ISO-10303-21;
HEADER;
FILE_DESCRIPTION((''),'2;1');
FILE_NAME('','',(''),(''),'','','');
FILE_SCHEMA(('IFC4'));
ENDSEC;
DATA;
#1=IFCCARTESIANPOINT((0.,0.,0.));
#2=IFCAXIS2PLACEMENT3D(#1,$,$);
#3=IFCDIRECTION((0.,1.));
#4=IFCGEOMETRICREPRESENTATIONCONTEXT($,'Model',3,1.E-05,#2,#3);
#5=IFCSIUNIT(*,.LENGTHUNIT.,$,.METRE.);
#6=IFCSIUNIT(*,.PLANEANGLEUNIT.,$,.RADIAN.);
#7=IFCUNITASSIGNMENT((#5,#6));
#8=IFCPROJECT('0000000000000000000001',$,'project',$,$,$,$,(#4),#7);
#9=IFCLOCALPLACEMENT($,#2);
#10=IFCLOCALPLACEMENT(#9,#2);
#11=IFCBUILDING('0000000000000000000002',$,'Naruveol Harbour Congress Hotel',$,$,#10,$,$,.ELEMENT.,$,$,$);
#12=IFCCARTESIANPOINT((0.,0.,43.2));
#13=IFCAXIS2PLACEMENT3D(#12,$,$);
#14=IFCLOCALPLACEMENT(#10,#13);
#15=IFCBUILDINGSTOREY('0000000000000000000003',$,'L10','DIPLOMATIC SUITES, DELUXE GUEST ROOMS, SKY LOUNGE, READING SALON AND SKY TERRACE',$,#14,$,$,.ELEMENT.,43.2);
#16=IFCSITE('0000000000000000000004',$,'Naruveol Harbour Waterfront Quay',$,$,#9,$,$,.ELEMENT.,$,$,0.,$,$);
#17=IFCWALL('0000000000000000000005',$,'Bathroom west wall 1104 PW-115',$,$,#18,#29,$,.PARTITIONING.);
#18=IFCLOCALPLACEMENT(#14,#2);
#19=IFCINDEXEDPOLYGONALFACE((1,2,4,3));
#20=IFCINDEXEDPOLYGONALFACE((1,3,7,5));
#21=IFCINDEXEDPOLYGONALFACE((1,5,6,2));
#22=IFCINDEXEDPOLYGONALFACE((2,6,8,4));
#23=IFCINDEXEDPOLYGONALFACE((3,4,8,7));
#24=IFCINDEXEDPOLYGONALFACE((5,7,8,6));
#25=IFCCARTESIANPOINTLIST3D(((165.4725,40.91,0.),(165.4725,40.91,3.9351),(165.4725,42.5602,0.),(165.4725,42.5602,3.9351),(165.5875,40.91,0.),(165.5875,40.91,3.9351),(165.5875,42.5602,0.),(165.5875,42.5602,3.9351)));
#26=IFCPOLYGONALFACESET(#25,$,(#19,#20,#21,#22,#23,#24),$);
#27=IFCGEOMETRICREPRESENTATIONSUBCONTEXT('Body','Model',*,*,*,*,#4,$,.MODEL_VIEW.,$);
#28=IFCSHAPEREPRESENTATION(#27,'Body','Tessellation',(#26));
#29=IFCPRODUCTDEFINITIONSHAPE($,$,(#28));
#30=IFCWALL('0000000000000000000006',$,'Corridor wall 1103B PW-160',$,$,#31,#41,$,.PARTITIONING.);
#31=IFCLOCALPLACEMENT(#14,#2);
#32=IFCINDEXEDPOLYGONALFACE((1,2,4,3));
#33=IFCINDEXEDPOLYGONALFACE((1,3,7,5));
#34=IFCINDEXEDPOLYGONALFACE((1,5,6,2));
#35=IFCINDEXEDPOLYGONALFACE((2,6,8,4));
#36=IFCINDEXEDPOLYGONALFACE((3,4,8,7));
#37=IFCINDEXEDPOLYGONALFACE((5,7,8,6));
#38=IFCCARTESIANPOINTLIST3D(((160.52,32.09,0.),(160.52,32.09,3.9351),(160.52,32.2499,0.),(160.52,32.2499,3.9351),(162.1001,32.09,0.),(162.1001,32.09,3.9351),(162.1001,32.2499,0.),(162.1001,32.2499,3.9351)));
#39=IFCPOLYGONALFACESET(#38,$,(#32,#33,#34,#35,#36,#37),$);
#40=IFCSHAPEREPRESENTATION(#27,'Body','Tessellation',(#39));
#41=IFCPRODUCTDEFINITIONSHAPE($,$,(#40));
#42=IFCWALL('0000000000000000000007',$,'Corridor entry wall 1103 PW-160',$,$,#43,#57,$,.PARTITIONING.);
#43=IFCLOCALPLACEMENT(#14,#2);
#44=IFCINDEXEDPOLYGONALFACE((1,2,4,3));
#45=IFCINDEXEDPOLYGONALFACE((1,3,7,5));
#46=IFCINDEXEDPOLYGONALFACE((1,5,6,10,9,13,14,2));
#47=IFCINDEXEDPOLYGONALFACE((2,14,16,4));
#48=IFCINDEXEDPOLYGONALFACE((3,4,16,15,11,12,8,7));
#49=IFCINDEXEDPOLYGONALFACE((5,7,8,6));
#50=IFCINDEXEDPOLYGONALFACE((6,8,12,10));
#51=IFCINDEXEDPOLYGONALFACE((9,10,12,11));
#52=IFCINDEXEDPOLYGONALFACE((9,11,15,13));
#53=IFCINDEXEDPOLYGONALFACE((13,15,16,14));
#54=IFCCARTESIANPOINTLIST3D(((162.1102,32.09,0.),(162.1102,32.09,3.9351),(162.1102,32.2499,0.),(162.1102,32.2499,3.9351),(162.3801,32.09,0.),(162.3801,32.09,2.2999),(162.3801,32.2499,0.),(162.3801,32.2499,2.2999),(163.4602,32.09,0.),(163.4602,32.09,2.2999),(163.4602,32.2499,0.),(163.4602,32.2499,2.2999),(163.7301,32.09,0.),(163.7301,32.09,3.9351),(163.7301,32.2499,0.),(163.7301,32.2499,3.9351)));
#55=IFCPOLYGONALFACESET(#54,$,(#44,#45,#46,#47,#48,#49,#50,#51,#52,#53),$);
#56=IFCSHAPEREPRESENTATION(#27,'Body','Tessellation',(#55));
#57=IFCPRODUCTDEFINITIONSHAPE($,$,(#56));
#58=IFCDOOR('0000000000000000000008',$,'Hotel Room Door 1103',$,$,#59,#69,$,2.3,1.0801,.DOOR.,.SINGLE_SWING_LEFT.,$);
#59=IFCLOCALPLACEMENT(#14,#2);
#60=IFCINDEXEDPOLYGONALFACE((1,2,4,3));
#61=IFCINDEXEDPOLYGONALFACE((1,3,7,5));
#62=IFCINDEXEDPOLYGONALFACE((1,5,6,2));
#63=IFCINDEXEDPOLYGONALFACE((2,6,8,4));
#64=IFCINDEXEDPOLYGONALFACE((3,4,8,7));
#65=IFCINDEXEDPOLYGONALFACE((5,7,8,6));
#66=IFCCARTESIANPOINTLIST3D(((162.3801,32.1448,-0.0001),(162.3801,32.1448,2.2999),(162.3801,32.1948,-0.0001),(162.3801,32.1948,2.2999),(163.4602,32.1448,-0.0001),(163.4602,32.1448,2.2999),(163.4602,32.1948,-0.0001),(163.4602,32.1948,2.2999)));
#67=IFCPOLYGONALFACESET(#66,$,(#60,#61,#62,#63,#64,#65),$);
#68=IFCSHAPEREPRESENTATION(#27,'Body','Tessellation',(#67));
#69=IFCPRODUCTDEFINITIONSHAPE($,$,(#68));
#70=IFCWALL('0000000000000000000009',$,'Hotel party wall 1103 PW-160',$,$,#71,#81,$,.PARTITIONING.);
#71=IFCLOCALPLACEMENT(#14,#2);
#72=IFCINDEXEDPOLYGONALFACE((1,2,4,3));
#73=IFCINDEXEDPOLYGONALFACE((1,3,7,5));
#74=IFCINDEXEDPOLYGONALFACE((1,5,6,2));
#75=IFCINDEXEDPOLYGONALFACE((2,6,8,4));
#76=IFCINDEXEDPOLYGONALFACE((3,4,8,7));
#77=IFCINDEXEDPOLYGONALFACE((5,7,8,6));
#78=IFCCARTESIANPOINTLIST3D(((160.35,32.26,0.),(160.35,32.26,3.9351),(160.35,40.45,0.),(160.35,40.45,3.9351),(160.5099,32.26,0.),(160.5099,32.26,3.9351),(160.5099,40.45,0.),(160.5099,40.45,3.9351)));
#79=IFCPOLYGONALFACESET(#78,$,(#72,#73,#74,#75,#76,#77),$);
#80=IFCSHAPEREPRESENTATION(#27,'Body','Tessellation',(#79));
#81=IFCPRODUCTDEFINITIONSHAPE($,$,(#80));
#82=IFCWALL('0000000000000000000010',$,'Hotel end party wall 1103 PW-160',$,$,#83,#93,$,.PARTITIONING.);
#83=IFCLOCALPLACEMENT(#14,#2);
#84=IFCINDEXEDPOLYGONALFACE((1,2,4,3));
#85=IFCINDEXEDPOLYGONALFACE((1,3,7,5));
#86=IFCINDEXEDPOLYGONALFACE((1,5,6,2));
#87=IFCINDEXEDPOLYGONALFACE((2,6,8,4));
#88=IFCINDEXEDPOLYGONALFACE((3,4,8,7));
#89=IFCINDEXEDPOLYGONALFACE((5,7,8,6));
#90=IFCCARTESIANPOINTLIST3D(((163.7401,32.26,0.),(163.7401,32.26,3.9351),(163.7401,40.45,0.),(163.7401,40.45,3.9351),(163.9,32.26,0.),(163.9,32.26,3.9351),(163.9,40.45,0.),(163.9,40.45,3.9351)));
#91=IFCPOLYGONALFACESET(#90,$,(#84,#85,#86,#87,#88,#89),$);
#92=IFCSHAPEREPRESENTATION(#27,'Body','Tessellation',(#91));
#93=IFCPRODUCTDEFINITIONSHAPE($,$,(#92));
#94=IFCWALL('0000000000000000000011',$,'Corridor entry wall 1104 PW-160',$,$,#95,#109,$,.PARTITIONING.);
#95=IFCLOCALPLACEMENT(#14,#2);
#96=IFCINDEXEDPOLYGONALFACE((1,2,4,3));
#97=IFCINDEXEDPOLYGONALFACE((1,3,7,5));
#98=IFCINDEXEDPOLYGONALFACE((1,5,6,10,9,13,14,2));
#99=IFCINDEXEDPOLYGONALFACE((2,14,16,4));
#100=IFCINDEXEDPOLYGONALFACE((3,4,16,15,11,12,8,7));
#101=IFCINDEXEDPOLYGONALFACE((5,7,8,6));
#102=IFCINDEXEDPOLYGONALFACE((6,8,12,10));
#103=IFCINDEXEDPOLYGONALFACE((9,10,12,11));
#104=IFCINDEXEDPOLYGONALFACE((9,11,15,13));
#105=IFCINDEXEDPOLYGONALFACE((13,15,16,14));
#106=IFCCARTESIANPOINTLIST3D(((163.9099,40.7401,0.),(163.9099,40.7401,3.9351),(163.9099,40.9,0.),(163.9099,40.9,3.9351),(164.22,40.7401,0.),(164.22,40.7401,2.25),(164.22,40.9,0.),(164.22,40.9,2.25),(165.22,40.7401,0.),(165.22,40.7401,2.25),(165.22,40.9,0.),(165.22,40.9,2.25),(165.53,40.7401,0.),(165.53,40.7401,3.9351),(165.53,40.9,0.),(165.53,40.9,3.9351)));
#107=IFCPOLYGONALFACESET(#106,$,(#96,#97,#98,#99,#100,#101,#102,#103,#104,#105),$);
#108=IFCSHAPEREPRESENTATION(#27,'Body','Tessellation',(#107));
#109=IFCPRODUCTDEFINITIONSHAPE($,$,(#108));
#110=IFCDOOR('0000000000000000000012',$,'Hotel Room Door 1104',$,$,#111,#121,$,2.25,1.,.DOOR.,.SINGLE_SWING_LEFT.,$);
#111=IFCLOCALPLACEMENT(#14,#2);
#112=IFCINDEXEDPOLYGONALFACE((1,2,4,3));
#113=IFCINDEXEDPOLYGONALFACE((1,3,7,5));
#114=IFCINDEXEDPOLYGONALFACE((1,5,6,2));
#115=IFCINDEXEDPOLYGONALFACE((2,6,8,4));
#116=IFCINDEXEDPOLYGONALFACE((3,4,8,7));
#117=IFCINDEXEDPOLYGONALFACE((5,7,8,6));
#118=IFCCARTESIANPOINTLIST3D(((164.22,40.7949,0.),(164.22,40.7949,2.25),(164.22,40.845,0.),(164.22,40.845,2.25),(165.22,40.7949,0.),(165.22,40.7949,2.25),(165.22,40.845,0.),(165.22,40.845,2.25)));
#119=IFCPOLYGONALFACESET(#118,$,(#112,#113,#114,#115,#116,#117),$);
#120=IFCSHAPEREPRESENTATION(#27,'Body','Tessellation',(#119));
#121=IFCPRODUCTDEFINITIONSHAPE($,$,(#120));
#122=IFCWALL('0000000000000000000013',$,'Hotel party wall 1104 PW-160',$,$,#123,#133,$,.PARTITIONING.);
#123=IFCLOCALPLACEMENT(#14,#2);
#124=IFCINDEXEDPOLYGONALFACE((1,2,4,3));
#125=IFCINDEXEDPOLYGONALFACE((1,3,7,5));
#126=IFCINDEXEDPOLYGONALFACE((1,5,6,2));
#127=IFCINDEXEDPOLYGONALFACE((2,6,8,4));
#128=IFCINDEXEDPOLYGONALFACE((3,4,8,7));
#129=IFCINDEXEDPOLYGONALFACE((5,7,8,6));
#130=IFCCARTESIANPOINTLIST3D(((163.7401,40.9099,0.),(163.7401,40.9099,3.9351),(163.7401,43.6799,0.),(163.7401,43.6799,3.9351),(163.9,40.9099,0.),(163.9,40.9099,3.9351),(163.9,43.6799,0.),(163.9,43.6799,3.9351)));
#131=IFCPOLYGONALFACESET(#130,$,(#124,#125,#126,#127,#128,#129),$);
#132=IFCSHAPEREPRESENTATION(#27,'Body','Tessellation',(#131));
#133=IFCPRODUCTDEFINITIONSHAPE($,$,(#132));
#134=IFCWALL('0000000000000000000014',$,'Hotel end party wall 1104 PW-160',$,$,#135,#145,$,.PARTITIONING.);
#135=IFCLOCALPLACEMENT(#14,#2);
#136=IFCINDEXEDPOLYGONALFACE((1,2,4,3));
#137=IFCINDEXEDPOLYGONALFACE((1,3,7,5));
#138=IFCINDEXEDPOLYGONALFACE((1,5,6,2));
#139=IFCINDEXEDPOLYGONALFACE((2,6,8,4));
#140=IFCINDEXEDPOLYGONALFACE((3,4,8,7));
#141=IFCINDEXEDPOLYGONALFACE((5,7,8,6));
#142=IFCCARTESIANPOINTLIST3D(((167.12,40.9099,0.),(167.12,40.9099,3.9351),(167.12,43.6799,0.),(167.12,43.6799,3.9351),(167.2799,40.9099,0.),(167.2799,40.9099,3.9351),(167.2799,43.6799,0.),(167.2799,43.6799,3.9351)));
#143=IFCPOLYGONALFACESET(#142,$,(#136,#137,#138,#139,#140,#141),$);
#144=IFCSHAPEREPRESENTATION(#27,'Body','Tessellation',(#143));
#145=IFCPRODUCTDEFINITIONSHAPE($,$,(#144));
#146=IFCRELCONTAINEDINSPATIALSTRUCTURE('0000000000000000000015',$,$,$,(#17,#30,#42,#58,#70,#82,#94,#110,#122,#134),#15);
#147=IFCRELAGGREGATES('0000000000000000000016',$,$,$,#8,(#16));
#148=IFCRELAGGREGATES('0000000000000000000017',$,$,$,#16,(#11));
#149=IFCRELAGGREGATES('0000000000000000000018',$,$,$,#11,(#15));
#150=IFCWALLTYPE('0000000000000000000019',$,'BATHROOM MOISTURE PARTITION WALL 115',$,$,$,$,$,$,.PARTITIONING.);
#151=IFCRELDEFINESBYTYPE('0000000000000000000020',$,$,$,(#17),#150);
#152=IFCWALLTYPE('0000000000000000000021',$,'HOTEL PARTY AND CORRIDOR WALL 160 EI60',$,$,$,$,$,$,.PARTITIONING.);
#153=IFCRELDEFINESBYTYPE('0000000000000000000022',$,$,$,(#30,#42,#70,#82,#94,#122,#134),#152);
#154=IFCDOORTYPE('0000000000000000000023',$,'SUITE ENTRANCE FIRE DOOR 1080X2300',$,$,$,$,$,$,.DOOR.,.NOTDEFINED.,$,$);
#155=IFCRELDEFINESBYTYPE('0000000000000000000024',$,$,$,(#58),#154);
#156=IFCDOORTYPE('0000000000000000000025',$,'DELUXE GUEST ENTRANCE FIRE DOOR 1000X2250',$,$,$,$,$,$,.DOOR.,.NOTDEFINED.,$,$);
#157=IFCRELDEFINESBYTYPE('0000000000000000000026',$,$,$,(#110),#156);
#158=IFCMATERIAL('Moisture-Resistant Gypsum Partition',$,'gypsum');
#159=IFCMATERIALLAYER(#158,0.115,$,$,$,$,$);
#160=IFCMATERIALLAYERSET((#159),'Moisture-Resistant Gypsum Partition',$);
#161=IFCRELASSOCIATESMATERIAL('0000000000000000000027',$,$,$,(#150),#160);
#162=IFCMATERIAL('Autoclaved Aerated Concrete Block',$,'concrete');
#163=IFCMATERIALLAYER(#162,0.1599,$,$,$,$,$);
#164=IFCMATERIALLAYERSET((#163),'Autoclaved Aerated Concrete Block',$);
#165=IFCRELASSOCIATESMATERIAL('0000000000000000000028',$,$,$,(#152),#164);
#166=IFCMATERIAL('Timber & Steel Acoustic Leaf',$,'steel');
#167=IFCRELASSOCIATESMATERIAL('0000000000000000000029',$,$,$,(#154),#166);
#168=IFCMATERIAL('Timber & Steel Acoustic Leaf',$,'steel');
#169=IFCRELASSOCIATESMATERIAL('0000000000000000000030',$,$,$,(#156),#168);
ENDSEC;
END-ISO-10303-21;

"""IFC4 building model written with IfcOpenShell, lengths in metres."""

from ifc_helpers import new_model, si_unit, direction, frame, frame_2d, origin, place, context, subcontext, project, spatial, rectangle, extrude, material, layer, layer_set, type_object, element, fill, save


model = new_model("IFC4")

# Units and contexts
model_context = context("Model", 3, precision=1e-05, world=origin(), true_north=direction((0.0, 1.0)))
body_context = subcontext(model_context, "Body", "Model", "MODEL_VIEW")
ifc_project = project(units=[si_unit("LENGTHUNIT", "METRE"), si_unit("PLANEANGLEUNIT", "RADIAN")], contexts=[model_context])

# Site, building, storey
site_placement = place(None, origin())
site = spatial("IfcSite", under=ifc_project, at=site_placement, Name="Naruveol Harbour Waterfront Quay", CompositionType="ELEMENT", RefElevation=0.0)
building_placement = place(site_placement, origin())
building = spatial("IfcBuilding", under=site, at=building_placement, Name="Naruveol Harbour Congress Hotel", CompositionType="ELEMENT")
storey_placement = place(building_placement, frame((0.0, 0.0, 43.2)))
storey = spatial("IfcBuildingStorey", under=building, at=storey_placement, Name="L10", Description="DIPLOMATIC SUITES, DELUXE GUEST ROOMS, SKY LOUNGE, READING SALON AND SKY TERRACE", CompositionType="ELEMENT", Elevation=43.2)

# Shared definitions
ifc_material_1 = material(Name="Moisture-Resistant Gypsum Partition", Category="gypsum")
ifc_layer_1 = layer(ifc_material_1, 0.115)
ifc_layer_set_1 = layer_set([ifc_layer_1], Name="Moisture-Resistant Gypsum Partition")
wall_type_1 = type_object("IfcWallType", Name="BATHROOM MOISTURE PARTITION WALL 115", PredefinedType="PARTITIONING", material=ifc_layer_set_1)

# Wall
wall_1_placement = place(storey_placement, frame((165.53, 40.9099, 0.0), z_axis=(0.0, 0.0, 1.0), x_axis=(0.0, 1.0, 0.0)))
element("IfcWall", 1, at=wall_1_placement, inside=storey, type_object=wall_type_1, Name="Bathroom west wall 1104 PW-115", PredefinedType="PARTITIONING", context=body_context, shape_type="SweptSolid", body=[
    extrude(rectangle(XDim=1.6501, YDim=0.115, at=frame_2d((0.8252, 0.0))), origin(), (0.0, 0.0, 1.0), 3.9351),
])

# Wall
ifc_material_2 = material(Name="Autoclaved Aerated Concrete Block", Category="concrete")
ifc_layer_2 = layer(ifc_material_2, 0.1599)
ifc_layer_set_2 = layer_set([ifc_layer_2], Name="Autoclaved Aerated Concrete Block")
wall_type_2 = type_object("IfcWallType", Name="HOTEL PARTY AND CORRIDOR WALL 160 EI60", PredefinedType="PARTITIONING", material=ifc_layer_set_2)
wall_2_placement = place(storey_placement, frame((160.52, 32.1699, 0.0), z_axis=(0.0, 0.0, 1.0), x_axis=(1.0, 0.0, 0.0)))
element("IfcWall", 2, at=wall_2_placement, inside=storey, type_object=wall_type_2, Name="Corridor wall 1103B PW-160", PredefinedType="PARTITIONING", context=body_context, shape_type="SweptSolid", body=[
    extrude(rectangle(XDim=1.5801, YDim=0.1599, at=frame_2d((0.79, 0.0))), origin(), (0.0, 0.0, 1.0), 3.9351),
])

# Wall, opening, door
wall_3_placement = place(storey_placement, frame((162.1101, 32.1699, 0.0), z_axis=(0.0, 0.0, 1.0), x_axis=(1.0, 0.0, 0.0)))
wall_3 = element("IfcWall", 3, at=wall_3_placement, inside=storey, type_object=wall_type_2, Name="Corridor entry wall 1103 PW-160", PredefinedType="PARTITIONING", context=body_context, shape_type="SweptSolid", body=[
    extrude(rectangle(XDim=1.6199, YDim=0.1599, at=frame_2d((0.8101, 0.0))), origin(), (0.0, 0.0, 1.0), 3.9351),
])
opening_1_placement = place(wall_3_placement, frame((0.27, 0.0, 0.0)))
opening_1 = element("IfcOpeningElement", 4, at=opening_1_placement, cuts=wall_3, PredefinedType="OPENING", context=body_context, shape_type="SweptSolid", body=[
    extrude(rectangle(XDim=1.0801, YDim=2.3, at=frame_2d((0.54, 1.1499))), frame((0.0, 0.0898, 0.0), z_axis=(0.0, -1.0, 0.0), x_axis=(1.0, 0.0, 0.0)), (0.0, 0.0, 1.0), 0.1799),
])
ifc_material_3 = material(Name="Timber & Steel Acoustic Leaf", Category="steel")
door_type_1 = type_object("IfcDoorType", Name="SUITE ENTRANCE FIRE DOOR 1080X2300", OperationType="NOTDEFINED", PredefinedType="DOOR", material=ifc_material_3)
door_1_placement = place(opening_1_placement, origin())
door_1 = element("IfcDoor", 5, at=door_1_placement, inside=storey, type_object=door_type_1, Name="Hotel Room Door 1103", OperationType="SINGLE_SWING_LEFT", OverallHeight=2.3, OverallWidth=1.0801, PredefinedType="DOOR", context=body_context, shape_type="SweptSolid", body=[
    extrude(rectangle(XDim=1.0801, YDim=2.3, at=frame_2d((0.54, 1.1499))), frame((0.0, 0.0249, 0.0), z_axis=(0.0, -1.0, 0.0), x_axis=(1.0, 0.0, 0.0)), (0.0, 0.0, 1.0), 0.05),
])
fill(opening_1, door_1)

# Walls
for number, where, z_axis, x_axis, name in (
    (6, (160.4299, 32.26, 0.0), (0.0, 0.0, 1.0), (0.0, 1.0, 0.0), "Hotel party wall 1103 PW-160"),
    (7, (163.8201, 32.26, 0.0), (0.0, 0.0, 1.0), (0.0, 1.0, 0.0), "Hotel end party wall 1103 PW-160"),
):
    element("IfcWall", number, at=place(storey_placement, frame(where, z_axis=z_axis, x_axis=x_axis)), inside=storey, type_object=wall_type_2, Name=name, PredefinedType="PARTITIONING", context=body_context, shape_type="SweptSolid", body=[
        extrude(rectangle(XDim=8.1899, YDim=0.1599, at=frame_2d((4.095, 0.0))), origin(), (0.0, 0.0, 1.0), 3.9351),
    ])

# Wall, opening, door
wall_4_placement = place(storey_placement, frame((163.9099, 40.8201, 0.0), z_axis=(0.0, 0.0, 1.0), x_axis=(1.0, 0.0, 0.0)))
wall_4 = element("IfcWall", 8, at=wall_4_placement, inside=storey, type_object=wall_type_2, Name="Corridor entry wall 1104 PW-160", PredefinedType="PARTITIONING", context=body_context, shape_type="SweptSolid", body=[
    extrude(rectangle(XDim=1.6201, YDim=0.1599, at=frame_2d((0.8101, 0.0))), origin(), (0.0, 0.0, 1.0), 3.9351),
])
opening_2_placement = place(wall_4_placement, frame((0.3101, 0.0, 0.0)))
opening_2 = element("IfcOpeningElement", 9, at=opening_2_placement, cuts=wall_4, PredefinedType="OPENING", context=body_context, shape_type="SweptSolid", body=[
    extrude(rectangle(XDim=1.0, YDim=2.25, at=frame_2d((0.5, 1.125))), frame((0.0, 0.0898, 0.0), z_axis=(0.0, -1.0, 0.0), x_axis=(1.0, 0.0, 0.0)), (0.0, 0.0, 1.0), 0.1799),
])
ifc_material_4 = material(Name="Timber & Steel Acoustic Leaf", Category="steel")
door_type_2 = type_object("IfcDoorType", Name="DELUXE GUEST ENTRANCE FIRE DOOR 1000X2250", OperationType="NOTDEFINED", PredefinedType="DOOR", material=ifc_material_4)
door_2_placement = place(opening_2_placement, origin())
door_2 = element("IfcDoor", 10, at=door_2_placement, inside=storey, type_object=door_type_2, Name="Hotel Room Door 1104", OperationType="SINGLE_SWING_LEFT", OverallHeight=2.25, OverallWidth=1.0, PredefinedType="DOOR", context=body_context, shape_type="SweptSolid", body=[
    extrude(rectangle(XDim=1.0, YDim=2.25, at=frame_2d((0.5, 1.125))), frame((0.0, 0.0249, 0.0), z_axis=(0.0, -1.0, 0.0), x_axis=(1.0, 0.0, 0.0)), (0.0, 0.0, 1.0), 0.05),
])
fill(opening_2, door_2)

# Walls
for number, where, z_axis, x_axis, name in (
    (11, (163.8201, 40.9099, 0.0), (0.0, 0.0, 1.0), (0.0, 1.0, 0.0), "Hotel party wall 1104 PW-160"),
    (12, (167.2, 40.9099, 0.0), (0.0, 0.0, 1.0), (0.0, 1.0, 0.0), "Hotel end party wall 1104 PW-160"),
):
    element("IfcWall", number, at=place(storey_placement, frame(where, z_axis=z_axis, x_axis=x_axis)), inside=storey, type_object=wall_type_2, Name=name, PredefinedType="PARTITIONING", context=body_context, shape_type="SweptSolid", body=[
        extrude(rectangle(XDim=2.77, YDim=0.1599, at=frame_2d((1.385, 0.0))), origin(), (0.0, 0.0, 1.0), 3.9351),
    ])

save(model, "model.ifc")
